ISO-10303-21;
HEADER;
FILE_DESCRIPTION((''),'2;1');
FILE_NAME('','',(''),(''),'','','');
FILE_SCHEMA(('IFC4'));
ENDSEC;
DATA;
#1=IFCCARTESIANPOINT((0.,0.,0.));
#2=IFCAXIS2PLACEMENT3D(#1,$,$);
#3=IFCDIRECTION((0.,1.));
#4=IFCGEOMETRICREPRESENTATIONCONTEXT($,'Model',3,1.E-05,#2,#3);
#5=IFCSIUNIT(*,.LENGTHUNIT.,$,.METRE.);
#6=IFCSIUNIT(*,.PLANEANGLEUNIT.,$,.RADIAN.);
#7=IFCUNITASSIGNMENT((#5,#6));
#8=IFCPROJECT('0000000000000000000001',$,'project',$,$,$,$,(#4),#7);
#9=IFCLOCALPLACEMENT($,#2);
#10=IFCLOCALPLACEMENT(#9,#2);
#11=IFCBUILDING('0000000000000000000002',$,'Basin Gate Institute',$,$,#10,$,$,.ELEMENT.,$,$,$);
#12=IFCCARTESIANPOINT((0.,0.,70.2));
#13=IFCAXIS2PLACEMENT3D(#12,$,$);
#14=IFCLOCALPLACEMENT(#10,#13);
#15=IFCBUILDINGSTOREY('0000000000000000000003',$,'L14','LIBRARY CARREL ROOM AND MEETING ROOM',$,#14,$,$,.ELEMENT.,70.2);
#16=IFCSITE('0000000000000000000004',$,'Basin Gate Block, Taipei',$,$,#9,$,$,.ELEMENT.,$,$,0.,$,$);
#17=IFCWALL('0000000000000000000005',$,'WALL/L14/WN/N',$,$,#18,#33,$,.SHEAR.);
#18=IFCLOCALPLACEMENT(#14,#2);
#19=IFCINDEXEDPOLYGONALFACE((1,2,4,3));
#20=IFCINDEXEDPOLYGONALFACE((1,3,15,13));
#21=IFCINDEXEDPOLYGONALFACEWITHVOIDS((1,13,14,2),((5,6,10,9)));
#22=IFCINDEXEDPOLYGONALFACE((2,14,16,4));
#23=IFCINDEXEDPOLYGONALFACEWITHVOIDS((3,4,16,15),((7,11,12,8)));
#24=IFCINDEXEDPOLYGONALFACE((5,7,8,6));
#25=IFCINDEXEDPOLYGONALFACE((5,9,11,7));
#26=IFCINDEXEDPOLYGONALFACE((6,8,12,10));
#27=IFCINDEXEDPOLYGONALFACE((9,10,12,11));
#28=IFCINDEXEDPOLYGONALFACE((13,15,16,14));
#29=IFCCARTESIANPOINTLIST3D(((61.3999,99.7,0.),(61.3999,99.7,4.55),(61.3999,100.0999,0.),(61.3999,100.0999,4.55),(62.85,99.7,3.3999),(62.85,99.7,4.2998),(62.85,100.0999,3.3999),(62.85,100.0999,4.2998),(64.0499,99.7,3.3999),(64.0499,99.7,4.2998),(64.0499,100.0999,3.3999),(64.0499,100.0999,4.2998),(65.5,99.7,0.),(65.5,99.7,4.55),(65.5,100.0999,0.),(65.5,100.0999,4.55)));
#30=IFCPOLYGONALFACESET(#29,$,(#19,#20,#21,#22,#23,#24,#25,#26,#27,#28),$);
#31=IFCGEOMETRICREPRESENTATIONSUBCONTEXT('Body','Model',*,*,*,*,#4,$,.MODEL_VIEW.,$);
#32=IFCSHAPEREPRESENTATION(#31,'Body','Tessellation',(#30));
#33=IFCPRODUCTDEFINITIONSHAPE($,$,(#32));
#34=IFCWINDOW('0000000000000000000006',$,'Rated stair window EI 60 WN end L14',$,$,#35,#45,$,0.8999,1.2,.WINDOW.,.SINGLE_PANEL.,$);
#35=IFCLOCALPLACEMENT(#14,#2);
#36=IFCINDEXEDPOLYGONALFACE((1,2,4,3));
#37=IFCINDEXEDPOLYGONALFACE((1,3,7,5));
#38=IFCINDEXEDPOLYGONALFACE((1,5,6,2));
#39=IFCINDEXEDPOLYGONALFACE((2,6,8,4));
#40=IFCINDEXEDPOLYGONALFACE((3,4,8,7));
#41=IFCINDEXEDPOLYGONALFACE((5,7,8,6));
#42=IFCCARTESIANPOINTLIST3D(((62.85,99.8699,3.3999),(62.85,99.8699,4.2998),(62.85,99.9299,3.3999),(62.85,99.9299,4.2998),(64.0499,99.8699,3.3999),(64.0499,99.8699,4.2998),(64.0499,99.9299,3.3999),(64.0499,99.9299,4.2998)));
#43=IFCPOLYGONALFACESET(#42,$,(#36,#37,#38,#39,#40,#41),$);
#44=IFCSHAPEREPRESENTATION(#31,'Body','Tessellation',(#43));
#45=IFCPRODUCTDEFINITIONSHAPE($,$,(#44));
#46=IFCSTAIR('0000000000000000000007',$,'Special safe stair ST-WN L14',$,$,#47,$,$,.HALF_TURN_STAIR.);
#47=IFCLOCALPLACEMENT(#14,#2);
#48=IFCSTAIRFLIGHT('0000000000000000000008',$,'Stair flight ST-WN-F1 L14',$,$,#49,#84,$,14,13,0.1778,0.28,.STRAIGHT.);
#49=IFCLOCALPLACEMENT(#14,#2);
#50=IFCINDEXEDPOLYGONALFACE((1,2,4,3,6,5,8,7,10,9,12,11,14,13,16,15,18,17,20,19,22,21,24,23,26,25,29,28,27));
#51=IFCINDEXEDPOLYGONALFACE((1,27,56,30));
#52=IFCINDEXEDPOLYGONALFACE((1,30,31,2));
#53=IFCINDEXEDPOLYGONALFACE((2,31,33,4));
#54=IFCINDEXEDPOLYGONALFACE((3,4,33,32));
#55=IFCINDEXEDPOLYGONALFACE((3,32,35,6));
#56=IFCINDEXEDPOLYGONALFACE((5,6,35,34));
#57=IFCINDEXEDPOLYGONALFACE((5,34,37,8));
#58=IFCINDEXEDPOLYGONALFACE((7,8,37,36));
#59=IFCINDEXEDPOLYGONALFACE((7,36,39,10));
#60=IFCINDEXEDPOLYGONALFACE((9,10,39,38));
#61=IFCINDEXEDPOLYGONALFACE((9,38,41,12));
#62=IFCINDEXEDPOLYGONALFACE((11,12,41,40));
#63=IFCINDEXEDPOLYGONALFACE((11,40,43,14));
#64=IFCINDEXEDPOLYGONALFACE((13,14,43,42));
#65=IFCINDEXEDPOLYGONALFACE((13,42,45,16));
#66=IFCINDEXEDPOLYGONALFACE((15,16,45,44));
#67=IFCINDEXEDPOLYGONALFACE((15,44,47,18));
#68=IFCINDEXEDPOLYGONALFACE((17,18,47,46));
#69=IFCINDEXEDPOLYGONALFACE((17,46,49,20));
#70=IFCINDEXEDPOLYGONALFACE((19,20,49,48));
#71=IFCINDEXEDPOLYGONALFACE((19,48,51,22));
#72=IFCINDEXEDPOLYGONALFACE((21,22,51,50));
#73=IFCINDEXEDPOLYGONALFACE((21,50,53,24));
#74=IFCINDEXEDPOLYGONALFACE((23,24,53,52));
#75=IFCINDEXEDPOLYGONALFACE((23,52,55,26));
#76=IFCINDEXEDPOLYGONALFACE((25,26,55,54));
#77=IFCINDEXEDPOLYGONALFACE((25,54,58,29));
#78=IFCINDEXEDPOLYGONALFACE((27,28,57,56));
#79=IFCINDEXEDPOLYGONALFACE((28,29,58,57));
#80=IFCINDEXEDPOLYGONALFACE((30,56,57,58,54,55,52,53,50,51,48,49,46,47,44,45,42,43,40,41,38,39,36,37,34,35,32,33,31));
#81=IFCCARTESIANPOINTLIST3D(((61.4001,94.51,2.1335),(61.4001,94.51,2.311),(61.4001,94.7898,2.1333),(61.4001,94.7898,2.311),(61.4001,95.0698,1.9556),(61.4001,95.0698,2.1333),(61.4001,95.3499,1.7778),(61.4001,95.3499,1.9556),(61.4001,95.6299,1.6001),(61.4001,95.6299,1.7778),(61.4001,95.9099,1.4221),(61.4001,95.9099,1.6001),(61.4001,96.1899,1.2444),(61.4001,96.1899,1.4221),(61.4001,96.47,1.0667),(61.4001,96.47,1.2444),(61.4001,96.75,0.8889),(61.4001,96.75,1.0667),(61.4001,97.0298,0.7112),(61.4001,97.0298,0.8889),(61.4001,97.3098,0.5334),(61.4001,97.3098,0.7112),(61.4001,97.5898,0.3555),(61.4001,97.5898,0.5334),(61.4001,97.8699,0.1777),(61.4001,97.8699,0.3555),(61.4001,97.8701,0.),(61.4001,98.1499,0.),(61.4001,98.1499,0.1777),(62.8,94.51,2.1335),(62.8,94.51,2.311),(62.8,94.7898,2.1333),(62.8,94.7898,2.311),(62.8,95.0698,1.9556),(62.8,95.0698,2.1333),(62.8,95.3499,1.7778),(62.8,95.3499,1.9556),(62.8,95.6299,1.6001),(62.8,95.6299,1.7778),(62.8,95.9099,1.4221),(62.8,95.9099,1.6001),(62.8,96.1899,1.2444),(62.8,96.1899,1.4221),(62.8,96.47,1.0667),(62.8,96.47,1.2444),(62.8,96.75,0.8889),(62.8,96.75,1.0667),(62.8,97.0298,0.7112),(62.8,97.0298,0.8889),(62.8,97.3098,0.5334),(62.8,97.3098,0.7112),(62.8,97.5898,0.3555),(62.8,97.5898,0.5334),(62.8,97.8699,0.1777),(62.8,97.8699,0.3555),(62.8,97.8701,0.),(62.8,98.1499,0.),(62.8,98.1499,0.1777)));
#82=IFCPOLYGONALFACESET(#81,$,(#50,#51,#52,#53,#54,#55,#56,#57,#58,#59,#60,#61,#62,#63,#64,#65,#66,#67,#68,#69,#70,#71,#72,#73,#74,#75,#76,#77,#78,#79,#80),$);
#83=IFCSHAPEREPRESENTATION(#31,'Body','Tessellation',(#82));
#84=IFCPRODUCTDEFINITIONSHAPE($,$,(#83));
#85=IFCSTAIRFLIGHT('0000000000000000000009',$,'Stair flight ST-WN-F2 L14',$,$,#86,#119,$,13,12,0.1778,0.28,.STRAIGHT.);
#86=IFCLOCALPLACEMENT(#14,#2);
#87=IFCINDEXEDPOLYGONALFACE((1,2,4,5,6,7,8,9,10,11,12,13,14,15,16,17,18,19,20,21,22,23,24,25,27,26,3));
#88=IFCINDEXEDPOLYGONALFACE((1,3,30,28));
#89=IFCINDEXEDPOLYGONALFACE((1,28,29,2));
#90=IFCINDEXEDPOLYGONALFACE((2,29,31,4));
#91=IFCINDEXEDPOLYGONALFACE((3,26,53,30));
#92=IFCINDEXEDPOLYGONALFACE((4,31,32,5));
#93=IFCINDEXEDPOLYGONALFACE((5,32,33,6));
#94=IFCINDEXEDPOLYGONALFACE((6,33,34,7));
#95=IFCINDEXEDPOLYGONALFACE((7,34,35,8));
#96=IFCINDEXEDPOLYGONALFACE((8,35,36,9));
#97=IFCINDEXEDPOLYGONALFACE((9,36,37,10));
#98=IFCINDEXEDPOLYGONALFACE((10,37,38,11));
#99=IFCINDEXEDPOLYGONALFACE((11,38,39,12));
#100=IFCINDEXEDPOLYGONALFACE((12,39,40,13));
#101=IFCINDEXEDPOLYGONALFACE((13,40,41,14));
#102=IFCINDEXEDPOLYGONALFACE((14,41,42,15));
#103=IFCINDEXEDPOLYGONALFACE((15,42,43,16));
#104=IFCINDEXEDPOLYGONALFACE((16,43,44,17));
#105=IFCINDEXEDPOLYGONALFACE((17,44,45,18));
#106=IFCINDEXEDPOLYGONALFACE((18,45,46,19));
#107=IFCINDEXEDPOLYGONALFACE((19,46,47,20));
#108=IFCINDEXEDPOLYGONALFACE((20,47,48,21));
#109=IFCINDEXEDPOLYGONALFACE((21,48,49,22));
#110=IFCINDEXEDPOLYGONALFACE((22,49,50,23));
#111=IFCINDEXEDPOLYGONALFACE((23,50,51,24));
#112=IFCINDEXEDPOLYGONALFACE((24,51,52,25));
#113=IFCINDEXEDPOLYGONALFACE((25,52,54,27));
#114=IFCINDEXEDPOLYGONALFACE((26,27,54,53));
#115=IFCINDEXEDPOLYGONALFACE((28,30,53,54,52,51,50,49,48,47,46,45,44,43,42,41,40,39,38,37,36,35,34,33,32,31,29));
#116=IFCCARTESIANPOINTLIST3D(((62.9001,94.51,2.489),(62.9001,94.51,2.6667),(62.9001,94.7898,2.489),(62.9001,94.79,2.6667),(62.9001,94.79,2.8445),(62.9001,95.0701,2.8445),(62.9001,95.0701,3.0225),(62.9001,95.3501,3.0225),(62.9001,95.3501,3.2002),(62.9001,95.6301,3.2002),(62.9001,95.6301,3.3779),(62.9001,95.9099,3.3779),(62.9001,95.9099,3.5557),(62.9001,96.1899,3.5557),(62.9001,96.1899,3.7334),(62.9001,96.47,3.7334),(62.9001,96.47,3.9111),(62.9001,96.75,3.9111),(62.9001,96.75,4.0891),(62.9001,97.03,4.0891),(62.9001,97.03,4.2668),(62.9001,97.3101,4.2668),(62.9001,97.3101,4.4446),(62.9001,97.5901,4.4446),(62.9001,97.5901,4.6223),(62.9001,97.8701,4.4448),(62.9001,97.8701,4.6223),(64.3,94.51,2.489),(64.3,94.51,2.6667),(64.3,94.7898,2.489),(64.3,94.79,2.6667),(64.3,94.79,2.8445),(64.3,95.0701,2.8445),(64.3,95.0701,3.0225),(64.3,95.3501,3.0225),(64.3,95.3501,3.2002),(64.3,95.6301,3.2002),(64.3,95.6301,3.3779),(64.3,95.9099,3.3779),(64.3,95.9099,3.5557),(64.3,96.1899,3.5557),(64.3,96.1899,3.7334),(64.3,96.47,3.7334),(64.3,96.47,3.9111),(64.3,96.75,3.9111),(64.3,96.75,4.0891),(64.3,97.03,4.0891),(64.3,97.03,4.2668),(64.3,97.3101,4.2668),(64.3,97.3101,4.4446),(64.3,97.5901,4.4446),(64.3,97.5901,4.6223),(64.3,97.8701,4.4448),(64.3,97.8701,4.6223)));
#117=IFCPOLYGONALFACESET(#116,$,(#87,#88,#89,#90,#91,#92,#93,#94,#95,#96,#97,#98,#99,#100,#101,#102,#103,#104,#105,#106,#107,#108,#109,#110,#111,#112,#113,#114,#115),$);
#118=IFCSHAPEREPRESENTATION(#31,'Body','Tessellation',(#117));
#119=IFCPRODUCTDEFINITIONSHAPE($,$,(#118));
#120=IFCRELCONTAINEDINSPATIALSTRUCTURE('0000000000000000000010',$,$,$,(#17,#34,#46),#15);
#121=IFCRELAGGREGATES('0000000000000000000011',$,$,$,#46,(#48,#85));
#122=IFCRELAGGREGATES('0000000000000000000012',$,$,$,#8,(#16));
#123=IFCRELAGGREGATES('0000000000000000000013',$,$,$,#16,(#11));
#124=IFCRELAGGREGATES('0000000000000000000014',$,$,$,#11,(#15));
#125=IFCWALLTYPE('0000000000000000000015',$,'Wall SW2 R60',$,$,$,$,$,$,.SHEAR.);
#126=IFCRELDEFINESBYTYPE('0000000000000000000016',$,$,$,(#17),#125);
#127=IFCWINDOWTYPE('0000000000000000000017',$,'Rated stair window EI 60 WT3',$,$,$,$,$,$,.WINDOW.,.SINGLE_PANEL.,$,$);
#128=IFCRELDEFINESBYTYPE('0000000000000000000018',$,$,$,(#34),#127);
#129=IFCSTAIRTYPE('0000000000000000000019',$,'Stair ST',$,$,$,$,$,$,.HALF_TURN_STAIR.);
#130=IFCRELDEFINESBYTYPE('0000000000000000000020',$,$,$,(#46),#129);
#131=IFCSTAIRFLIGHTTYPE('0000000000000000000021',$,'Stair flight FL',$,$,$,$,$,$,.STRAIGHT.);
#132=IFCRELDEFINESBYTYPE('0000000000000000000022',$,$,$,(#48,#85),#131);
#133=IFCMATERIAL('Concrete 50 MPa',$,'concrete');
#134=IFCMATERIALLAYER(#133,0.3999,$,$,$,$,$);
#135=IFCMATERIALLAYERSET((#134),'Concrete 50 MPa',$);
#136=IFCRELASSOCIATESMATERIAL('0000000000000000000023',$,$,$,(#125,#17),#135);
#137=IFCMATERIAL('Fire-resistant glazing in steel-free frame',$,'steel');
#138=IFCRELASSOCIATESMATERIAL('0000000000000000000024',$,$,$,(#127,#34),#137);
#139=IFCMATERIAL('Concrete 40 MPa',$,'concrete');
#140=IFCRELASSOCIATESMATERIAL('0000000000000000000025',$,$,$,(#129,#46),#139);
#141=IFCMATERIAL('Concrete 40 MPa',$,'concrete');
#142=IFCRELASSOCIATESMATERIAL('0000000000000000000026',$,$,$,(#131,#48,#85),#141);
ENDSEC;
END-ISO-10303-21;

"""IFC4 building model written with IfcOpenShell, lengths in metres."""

from ifc_helpers import new_model, si_unit, direction, frame, frame_2d, origin, place, context, subcontext, project, spatial, polyline, rectangle, outline, extrude, material, layer, layer_set, type_object, element, fill, aggregate, save


model = new_model("IFC4")

# Units and contexts
model_context = context("Model", 3, precision=1e-05, world=origin(), true_north=direction((0.0, 1.0)))
body_context = subcontext(model_context, "Body", "Model", "MODEL_VIEW")
ifc_project = project(units=[si_unit("LENGTHUNIT", "METRE"), si_unit("PLANEANGLEUNIT", "RADIAN")], contexts=[model_context])

# Site, building, storey
site_placement = place(None, origin())
site = spatial("IfcSite", under=ifc_project, at=site_placement, Name="Basin Gate Block, Taipei", CompositionType="ELEMENT", RefElevation=0.0)
building_placement = place(site_placement, origin())
building = spatial("IfcBuilding", under=site, at=building_placement, Name="Basin Gate Institute", CompositionType="ELEMENT")
storey_placement = place(building_placement, frame((0.0, 0.0, 70.2)))
storey = spatial("IfcBuildingStorey", under=building, at=storey_placement, Name="L14", Description="LIBRARY CARREL ROOM AND MEETING ROOM", CompositionType="ELEMENT", Elevation=70.2)

# Wall, opening, window
ifc_material_1 = material(Name="Concrete 50 MPa", Category="concrete")
ifc_layer_1 = layer(ifc_material_1, 0.3999)
ifc_layer_set_1 = layer_set([ifc_layer_1], Name="Concrete 50 MPa")
wall_type_1 = type_object("IfcWallType", Name="Wall SW2 R60", PredefinedType="SHEAR", material=ifc_layer_set_1)
wall_1_placement = place(storey_placement, frame((61.3999, 99.8999, 0.0), z_axis=(0.0, 0.0, 1.0), x_axis=(1.0, 0.0, 0.0)))
wall_1 = element("IfcWall", 1, at=wall_1_placement, inside=storey, type_object=wall_type_1, material=ifc_layer_set_1, Name="WALL/L14/WN/N", PredefinedType="SHEAR", context=body_context, shape_type="SweptSolid", body=[
    extrude(rectangle(XDim=4.1001, YDim=0.3999, at=frame_2d((2.05, 0.0))), origin(), (0.0, 0.0, 1.0), 4.55),
])
opening_1_placement = place(wall_1_placement, frame((1.45, 0.0, 3.3999)))
opening_1 = element("IfcOpeningElement", 2, at=opening_1_placement, cuts=wall_1, PredefinedType="OPENING", context=body_context, shape_type="SweptSolid", body=[
    extrude(rectangle(XDim=1.2, YDim=0.8999, at=frame_2d((0.6001, 0.45))), frame((0.0, 0.21, 0.0), z_axis=(0.0, -1.0, 0.0), x_axis=(1.0, 0.0, 0.0)), (0.0, 0.0, 1.0), 0.4199),
])
ifc_material_2 = material(Name="Fire-resistant glazing in steel-free frame", Category="steel")
window_type_1 = type_object("IfcWindowType", Name="Rated stair window EI 60 WT3", PartitioningType="SINGLE_PANEL", PredefinedType="WINDOW", material=ifc_material_2)
window_1_placement = place(opening_1_placement, origin())
window_1 = element("IfcWindow", 3, at=window_1_placement, inside=storey, type_object=window_type_1, material=ifc_material_2, Name="Rated stair window EI 60 WN end L14", OverallHeight=0.8999, OverallWidth=1.2, PartitioningType="SINGLE_PANEL", PredefinedType="WINDOW", context=body_context, shape_type="SweptSolid", body=[
    extrude(rectangle(XDim=1.2, YDim=0.8999, at=frame_2d((0.6001, 0.45))), frame((0.0, 0.03, 0.0), z_axis=(0.0, -1.0, 0.0), x_axis=(1.0, 0.0, 0.0)), (0.0, 0.0, 1.0), 0.0601),
])
fill(opening_1, window_1)

# Stair, stair flights
ifc_material_3 = material(Name="Concrete 40 MPa", Category="concrete")
stair_type = type_object("IfcStairType", Name="Stair ST", PredefinedType="HALF_TURN_STAIR", material=ifc_material_3)
stair_placement = place(storey_placement, origin())
stair = element("IfcStair", 4, at=stair_placement, inside=storey, type_object=stair_type, material=ifc_material_3, Name="Special safe stair ST-WN L14", PredefinedType="HALF_TURN_STAIR")
ifc_material_4 = material(Name="Concrete 40 MPa", Category="concrete")
stair_flight_type = type_object("IfcStairFlightType", Name="Stair flight FL", PredefinedType="STRAIGHT", material=ifc_material_4)
stair_flight_1_placement = place(storey_placement, frame((62.1001, 98.1499, 0.0), z_axis=(0.0, 0.0, 1.0), x_axis=(0.0, -1.0, 0.0)))
stair_flight_1 = element("IfcStairFlight", 5, at=stair_flight_1_placement, type_object=stair_flight_type, material=ifc_material_4, Name="Stair flight ST-WN-F1 L14", NumberOfRisers=14, NumberOfTreads=13, PredefinedType="STRAIGHT", RiserHeight=0.1778, TreadLength=0.28, context=body_context, shape_type="SweptSolid", body=[
    extrude(outline(polyline([(0.0, 0.0), (0.0, 0.1777), (0.28, 0.1777), (0.28, 0.3555), (0.5601, 0.3555), (0.5601, 0.5334), (0.8401, 0.5334), (0.8401, 0.7112), (1.1201, 0.7112), (1.1201, 0.8889), (1.3999, 0.8889), (1.3999, 1.0667), (1.6799, 1.0667), (1.6799, 1.2444), (1.96, 1.2444), (1.96, 1.4221), (2.24, 1.4221), (2.24, 1.6001), (2.52, 1.6001), (2.52, 1.7778), (2.8, 1.7778), (2.8, 1.9556), (3.0801, 1.9556), (3.0801, 2.1333), (3.3601, 2.1333), (3.3601, 2.311), (3.6399, 2.311), (3.6399, 2.4888), (3.6399, 2.1335), (0.2798, 0.0), (0.0, 0.0)])), frame((0.0, 0.7, 0.0), z_axis=(0.0, -1.0, 0.0), x_axis=(1.0, 0.0, 0.0)), (0.0, 0.0, 1.0), 1.3999),
])
stair_flight_2_placement = place(storey_placement, frame((63.6001, 94.51, 2.489), z_axis=(0.0, 0.0, 1.0), x_axis=(0.0, 1.0, 0.0)))
stair_flight_2 = element("IfcStairFlight", 6, at=stair_flight_2_placement, type_object=stair_flight_type, material=ifc_material_4, Name="Stair flight ST-WN-F2 L14", NumberOfRisers=13, NumberOfTreads=12, PredefinedType="STRAIGHT", RiserHeight=0.1778, TreadLength=0.28, context=body_context, shape_type="SweptSolid", body=[
    extrude(outline(polyline([(0.0, 0.0), (0.0, 0.1777), (0.28, 0.1777), (0.28, 0.3555), (0.5601, 0.3555), (0.5601, 0.5334), (0.8401, 0.5334), (0.8401, 0.7112), (1.1201, 0.7112), (1.1201, 0.8889), (1.3999, 0.8889), (1.3999, 1.0667), (1.6799, 1.0667), (1.6799, 1.2444), (1.96, 1.2444), (1.96, 1.4221), (2.24, 1.4221), (2.24, 1.6001), (2.52, 1.6001), (2.52, 1.7778), (2.8, 1.7778), (2.8, 1.9556), (3.0801, 1.9556), (3.0801, 2.1333), (3.3601, 2.1333), (3.3601, 2.311), (3.3601, 1.9558), (0.2798, 0.0), (0.0, 0.0)])), frame((0.0, 0.7, 0.0), z_axis=(0.0, -1.0, 0.0), x_axis=(1.0, 0.0, 0.0)), (0.0, 0.0, 1.0), 1.3999),
])
aggregate(stair, [stair_flight_1, stair_flight_2])

save(model, "model.ifc")
